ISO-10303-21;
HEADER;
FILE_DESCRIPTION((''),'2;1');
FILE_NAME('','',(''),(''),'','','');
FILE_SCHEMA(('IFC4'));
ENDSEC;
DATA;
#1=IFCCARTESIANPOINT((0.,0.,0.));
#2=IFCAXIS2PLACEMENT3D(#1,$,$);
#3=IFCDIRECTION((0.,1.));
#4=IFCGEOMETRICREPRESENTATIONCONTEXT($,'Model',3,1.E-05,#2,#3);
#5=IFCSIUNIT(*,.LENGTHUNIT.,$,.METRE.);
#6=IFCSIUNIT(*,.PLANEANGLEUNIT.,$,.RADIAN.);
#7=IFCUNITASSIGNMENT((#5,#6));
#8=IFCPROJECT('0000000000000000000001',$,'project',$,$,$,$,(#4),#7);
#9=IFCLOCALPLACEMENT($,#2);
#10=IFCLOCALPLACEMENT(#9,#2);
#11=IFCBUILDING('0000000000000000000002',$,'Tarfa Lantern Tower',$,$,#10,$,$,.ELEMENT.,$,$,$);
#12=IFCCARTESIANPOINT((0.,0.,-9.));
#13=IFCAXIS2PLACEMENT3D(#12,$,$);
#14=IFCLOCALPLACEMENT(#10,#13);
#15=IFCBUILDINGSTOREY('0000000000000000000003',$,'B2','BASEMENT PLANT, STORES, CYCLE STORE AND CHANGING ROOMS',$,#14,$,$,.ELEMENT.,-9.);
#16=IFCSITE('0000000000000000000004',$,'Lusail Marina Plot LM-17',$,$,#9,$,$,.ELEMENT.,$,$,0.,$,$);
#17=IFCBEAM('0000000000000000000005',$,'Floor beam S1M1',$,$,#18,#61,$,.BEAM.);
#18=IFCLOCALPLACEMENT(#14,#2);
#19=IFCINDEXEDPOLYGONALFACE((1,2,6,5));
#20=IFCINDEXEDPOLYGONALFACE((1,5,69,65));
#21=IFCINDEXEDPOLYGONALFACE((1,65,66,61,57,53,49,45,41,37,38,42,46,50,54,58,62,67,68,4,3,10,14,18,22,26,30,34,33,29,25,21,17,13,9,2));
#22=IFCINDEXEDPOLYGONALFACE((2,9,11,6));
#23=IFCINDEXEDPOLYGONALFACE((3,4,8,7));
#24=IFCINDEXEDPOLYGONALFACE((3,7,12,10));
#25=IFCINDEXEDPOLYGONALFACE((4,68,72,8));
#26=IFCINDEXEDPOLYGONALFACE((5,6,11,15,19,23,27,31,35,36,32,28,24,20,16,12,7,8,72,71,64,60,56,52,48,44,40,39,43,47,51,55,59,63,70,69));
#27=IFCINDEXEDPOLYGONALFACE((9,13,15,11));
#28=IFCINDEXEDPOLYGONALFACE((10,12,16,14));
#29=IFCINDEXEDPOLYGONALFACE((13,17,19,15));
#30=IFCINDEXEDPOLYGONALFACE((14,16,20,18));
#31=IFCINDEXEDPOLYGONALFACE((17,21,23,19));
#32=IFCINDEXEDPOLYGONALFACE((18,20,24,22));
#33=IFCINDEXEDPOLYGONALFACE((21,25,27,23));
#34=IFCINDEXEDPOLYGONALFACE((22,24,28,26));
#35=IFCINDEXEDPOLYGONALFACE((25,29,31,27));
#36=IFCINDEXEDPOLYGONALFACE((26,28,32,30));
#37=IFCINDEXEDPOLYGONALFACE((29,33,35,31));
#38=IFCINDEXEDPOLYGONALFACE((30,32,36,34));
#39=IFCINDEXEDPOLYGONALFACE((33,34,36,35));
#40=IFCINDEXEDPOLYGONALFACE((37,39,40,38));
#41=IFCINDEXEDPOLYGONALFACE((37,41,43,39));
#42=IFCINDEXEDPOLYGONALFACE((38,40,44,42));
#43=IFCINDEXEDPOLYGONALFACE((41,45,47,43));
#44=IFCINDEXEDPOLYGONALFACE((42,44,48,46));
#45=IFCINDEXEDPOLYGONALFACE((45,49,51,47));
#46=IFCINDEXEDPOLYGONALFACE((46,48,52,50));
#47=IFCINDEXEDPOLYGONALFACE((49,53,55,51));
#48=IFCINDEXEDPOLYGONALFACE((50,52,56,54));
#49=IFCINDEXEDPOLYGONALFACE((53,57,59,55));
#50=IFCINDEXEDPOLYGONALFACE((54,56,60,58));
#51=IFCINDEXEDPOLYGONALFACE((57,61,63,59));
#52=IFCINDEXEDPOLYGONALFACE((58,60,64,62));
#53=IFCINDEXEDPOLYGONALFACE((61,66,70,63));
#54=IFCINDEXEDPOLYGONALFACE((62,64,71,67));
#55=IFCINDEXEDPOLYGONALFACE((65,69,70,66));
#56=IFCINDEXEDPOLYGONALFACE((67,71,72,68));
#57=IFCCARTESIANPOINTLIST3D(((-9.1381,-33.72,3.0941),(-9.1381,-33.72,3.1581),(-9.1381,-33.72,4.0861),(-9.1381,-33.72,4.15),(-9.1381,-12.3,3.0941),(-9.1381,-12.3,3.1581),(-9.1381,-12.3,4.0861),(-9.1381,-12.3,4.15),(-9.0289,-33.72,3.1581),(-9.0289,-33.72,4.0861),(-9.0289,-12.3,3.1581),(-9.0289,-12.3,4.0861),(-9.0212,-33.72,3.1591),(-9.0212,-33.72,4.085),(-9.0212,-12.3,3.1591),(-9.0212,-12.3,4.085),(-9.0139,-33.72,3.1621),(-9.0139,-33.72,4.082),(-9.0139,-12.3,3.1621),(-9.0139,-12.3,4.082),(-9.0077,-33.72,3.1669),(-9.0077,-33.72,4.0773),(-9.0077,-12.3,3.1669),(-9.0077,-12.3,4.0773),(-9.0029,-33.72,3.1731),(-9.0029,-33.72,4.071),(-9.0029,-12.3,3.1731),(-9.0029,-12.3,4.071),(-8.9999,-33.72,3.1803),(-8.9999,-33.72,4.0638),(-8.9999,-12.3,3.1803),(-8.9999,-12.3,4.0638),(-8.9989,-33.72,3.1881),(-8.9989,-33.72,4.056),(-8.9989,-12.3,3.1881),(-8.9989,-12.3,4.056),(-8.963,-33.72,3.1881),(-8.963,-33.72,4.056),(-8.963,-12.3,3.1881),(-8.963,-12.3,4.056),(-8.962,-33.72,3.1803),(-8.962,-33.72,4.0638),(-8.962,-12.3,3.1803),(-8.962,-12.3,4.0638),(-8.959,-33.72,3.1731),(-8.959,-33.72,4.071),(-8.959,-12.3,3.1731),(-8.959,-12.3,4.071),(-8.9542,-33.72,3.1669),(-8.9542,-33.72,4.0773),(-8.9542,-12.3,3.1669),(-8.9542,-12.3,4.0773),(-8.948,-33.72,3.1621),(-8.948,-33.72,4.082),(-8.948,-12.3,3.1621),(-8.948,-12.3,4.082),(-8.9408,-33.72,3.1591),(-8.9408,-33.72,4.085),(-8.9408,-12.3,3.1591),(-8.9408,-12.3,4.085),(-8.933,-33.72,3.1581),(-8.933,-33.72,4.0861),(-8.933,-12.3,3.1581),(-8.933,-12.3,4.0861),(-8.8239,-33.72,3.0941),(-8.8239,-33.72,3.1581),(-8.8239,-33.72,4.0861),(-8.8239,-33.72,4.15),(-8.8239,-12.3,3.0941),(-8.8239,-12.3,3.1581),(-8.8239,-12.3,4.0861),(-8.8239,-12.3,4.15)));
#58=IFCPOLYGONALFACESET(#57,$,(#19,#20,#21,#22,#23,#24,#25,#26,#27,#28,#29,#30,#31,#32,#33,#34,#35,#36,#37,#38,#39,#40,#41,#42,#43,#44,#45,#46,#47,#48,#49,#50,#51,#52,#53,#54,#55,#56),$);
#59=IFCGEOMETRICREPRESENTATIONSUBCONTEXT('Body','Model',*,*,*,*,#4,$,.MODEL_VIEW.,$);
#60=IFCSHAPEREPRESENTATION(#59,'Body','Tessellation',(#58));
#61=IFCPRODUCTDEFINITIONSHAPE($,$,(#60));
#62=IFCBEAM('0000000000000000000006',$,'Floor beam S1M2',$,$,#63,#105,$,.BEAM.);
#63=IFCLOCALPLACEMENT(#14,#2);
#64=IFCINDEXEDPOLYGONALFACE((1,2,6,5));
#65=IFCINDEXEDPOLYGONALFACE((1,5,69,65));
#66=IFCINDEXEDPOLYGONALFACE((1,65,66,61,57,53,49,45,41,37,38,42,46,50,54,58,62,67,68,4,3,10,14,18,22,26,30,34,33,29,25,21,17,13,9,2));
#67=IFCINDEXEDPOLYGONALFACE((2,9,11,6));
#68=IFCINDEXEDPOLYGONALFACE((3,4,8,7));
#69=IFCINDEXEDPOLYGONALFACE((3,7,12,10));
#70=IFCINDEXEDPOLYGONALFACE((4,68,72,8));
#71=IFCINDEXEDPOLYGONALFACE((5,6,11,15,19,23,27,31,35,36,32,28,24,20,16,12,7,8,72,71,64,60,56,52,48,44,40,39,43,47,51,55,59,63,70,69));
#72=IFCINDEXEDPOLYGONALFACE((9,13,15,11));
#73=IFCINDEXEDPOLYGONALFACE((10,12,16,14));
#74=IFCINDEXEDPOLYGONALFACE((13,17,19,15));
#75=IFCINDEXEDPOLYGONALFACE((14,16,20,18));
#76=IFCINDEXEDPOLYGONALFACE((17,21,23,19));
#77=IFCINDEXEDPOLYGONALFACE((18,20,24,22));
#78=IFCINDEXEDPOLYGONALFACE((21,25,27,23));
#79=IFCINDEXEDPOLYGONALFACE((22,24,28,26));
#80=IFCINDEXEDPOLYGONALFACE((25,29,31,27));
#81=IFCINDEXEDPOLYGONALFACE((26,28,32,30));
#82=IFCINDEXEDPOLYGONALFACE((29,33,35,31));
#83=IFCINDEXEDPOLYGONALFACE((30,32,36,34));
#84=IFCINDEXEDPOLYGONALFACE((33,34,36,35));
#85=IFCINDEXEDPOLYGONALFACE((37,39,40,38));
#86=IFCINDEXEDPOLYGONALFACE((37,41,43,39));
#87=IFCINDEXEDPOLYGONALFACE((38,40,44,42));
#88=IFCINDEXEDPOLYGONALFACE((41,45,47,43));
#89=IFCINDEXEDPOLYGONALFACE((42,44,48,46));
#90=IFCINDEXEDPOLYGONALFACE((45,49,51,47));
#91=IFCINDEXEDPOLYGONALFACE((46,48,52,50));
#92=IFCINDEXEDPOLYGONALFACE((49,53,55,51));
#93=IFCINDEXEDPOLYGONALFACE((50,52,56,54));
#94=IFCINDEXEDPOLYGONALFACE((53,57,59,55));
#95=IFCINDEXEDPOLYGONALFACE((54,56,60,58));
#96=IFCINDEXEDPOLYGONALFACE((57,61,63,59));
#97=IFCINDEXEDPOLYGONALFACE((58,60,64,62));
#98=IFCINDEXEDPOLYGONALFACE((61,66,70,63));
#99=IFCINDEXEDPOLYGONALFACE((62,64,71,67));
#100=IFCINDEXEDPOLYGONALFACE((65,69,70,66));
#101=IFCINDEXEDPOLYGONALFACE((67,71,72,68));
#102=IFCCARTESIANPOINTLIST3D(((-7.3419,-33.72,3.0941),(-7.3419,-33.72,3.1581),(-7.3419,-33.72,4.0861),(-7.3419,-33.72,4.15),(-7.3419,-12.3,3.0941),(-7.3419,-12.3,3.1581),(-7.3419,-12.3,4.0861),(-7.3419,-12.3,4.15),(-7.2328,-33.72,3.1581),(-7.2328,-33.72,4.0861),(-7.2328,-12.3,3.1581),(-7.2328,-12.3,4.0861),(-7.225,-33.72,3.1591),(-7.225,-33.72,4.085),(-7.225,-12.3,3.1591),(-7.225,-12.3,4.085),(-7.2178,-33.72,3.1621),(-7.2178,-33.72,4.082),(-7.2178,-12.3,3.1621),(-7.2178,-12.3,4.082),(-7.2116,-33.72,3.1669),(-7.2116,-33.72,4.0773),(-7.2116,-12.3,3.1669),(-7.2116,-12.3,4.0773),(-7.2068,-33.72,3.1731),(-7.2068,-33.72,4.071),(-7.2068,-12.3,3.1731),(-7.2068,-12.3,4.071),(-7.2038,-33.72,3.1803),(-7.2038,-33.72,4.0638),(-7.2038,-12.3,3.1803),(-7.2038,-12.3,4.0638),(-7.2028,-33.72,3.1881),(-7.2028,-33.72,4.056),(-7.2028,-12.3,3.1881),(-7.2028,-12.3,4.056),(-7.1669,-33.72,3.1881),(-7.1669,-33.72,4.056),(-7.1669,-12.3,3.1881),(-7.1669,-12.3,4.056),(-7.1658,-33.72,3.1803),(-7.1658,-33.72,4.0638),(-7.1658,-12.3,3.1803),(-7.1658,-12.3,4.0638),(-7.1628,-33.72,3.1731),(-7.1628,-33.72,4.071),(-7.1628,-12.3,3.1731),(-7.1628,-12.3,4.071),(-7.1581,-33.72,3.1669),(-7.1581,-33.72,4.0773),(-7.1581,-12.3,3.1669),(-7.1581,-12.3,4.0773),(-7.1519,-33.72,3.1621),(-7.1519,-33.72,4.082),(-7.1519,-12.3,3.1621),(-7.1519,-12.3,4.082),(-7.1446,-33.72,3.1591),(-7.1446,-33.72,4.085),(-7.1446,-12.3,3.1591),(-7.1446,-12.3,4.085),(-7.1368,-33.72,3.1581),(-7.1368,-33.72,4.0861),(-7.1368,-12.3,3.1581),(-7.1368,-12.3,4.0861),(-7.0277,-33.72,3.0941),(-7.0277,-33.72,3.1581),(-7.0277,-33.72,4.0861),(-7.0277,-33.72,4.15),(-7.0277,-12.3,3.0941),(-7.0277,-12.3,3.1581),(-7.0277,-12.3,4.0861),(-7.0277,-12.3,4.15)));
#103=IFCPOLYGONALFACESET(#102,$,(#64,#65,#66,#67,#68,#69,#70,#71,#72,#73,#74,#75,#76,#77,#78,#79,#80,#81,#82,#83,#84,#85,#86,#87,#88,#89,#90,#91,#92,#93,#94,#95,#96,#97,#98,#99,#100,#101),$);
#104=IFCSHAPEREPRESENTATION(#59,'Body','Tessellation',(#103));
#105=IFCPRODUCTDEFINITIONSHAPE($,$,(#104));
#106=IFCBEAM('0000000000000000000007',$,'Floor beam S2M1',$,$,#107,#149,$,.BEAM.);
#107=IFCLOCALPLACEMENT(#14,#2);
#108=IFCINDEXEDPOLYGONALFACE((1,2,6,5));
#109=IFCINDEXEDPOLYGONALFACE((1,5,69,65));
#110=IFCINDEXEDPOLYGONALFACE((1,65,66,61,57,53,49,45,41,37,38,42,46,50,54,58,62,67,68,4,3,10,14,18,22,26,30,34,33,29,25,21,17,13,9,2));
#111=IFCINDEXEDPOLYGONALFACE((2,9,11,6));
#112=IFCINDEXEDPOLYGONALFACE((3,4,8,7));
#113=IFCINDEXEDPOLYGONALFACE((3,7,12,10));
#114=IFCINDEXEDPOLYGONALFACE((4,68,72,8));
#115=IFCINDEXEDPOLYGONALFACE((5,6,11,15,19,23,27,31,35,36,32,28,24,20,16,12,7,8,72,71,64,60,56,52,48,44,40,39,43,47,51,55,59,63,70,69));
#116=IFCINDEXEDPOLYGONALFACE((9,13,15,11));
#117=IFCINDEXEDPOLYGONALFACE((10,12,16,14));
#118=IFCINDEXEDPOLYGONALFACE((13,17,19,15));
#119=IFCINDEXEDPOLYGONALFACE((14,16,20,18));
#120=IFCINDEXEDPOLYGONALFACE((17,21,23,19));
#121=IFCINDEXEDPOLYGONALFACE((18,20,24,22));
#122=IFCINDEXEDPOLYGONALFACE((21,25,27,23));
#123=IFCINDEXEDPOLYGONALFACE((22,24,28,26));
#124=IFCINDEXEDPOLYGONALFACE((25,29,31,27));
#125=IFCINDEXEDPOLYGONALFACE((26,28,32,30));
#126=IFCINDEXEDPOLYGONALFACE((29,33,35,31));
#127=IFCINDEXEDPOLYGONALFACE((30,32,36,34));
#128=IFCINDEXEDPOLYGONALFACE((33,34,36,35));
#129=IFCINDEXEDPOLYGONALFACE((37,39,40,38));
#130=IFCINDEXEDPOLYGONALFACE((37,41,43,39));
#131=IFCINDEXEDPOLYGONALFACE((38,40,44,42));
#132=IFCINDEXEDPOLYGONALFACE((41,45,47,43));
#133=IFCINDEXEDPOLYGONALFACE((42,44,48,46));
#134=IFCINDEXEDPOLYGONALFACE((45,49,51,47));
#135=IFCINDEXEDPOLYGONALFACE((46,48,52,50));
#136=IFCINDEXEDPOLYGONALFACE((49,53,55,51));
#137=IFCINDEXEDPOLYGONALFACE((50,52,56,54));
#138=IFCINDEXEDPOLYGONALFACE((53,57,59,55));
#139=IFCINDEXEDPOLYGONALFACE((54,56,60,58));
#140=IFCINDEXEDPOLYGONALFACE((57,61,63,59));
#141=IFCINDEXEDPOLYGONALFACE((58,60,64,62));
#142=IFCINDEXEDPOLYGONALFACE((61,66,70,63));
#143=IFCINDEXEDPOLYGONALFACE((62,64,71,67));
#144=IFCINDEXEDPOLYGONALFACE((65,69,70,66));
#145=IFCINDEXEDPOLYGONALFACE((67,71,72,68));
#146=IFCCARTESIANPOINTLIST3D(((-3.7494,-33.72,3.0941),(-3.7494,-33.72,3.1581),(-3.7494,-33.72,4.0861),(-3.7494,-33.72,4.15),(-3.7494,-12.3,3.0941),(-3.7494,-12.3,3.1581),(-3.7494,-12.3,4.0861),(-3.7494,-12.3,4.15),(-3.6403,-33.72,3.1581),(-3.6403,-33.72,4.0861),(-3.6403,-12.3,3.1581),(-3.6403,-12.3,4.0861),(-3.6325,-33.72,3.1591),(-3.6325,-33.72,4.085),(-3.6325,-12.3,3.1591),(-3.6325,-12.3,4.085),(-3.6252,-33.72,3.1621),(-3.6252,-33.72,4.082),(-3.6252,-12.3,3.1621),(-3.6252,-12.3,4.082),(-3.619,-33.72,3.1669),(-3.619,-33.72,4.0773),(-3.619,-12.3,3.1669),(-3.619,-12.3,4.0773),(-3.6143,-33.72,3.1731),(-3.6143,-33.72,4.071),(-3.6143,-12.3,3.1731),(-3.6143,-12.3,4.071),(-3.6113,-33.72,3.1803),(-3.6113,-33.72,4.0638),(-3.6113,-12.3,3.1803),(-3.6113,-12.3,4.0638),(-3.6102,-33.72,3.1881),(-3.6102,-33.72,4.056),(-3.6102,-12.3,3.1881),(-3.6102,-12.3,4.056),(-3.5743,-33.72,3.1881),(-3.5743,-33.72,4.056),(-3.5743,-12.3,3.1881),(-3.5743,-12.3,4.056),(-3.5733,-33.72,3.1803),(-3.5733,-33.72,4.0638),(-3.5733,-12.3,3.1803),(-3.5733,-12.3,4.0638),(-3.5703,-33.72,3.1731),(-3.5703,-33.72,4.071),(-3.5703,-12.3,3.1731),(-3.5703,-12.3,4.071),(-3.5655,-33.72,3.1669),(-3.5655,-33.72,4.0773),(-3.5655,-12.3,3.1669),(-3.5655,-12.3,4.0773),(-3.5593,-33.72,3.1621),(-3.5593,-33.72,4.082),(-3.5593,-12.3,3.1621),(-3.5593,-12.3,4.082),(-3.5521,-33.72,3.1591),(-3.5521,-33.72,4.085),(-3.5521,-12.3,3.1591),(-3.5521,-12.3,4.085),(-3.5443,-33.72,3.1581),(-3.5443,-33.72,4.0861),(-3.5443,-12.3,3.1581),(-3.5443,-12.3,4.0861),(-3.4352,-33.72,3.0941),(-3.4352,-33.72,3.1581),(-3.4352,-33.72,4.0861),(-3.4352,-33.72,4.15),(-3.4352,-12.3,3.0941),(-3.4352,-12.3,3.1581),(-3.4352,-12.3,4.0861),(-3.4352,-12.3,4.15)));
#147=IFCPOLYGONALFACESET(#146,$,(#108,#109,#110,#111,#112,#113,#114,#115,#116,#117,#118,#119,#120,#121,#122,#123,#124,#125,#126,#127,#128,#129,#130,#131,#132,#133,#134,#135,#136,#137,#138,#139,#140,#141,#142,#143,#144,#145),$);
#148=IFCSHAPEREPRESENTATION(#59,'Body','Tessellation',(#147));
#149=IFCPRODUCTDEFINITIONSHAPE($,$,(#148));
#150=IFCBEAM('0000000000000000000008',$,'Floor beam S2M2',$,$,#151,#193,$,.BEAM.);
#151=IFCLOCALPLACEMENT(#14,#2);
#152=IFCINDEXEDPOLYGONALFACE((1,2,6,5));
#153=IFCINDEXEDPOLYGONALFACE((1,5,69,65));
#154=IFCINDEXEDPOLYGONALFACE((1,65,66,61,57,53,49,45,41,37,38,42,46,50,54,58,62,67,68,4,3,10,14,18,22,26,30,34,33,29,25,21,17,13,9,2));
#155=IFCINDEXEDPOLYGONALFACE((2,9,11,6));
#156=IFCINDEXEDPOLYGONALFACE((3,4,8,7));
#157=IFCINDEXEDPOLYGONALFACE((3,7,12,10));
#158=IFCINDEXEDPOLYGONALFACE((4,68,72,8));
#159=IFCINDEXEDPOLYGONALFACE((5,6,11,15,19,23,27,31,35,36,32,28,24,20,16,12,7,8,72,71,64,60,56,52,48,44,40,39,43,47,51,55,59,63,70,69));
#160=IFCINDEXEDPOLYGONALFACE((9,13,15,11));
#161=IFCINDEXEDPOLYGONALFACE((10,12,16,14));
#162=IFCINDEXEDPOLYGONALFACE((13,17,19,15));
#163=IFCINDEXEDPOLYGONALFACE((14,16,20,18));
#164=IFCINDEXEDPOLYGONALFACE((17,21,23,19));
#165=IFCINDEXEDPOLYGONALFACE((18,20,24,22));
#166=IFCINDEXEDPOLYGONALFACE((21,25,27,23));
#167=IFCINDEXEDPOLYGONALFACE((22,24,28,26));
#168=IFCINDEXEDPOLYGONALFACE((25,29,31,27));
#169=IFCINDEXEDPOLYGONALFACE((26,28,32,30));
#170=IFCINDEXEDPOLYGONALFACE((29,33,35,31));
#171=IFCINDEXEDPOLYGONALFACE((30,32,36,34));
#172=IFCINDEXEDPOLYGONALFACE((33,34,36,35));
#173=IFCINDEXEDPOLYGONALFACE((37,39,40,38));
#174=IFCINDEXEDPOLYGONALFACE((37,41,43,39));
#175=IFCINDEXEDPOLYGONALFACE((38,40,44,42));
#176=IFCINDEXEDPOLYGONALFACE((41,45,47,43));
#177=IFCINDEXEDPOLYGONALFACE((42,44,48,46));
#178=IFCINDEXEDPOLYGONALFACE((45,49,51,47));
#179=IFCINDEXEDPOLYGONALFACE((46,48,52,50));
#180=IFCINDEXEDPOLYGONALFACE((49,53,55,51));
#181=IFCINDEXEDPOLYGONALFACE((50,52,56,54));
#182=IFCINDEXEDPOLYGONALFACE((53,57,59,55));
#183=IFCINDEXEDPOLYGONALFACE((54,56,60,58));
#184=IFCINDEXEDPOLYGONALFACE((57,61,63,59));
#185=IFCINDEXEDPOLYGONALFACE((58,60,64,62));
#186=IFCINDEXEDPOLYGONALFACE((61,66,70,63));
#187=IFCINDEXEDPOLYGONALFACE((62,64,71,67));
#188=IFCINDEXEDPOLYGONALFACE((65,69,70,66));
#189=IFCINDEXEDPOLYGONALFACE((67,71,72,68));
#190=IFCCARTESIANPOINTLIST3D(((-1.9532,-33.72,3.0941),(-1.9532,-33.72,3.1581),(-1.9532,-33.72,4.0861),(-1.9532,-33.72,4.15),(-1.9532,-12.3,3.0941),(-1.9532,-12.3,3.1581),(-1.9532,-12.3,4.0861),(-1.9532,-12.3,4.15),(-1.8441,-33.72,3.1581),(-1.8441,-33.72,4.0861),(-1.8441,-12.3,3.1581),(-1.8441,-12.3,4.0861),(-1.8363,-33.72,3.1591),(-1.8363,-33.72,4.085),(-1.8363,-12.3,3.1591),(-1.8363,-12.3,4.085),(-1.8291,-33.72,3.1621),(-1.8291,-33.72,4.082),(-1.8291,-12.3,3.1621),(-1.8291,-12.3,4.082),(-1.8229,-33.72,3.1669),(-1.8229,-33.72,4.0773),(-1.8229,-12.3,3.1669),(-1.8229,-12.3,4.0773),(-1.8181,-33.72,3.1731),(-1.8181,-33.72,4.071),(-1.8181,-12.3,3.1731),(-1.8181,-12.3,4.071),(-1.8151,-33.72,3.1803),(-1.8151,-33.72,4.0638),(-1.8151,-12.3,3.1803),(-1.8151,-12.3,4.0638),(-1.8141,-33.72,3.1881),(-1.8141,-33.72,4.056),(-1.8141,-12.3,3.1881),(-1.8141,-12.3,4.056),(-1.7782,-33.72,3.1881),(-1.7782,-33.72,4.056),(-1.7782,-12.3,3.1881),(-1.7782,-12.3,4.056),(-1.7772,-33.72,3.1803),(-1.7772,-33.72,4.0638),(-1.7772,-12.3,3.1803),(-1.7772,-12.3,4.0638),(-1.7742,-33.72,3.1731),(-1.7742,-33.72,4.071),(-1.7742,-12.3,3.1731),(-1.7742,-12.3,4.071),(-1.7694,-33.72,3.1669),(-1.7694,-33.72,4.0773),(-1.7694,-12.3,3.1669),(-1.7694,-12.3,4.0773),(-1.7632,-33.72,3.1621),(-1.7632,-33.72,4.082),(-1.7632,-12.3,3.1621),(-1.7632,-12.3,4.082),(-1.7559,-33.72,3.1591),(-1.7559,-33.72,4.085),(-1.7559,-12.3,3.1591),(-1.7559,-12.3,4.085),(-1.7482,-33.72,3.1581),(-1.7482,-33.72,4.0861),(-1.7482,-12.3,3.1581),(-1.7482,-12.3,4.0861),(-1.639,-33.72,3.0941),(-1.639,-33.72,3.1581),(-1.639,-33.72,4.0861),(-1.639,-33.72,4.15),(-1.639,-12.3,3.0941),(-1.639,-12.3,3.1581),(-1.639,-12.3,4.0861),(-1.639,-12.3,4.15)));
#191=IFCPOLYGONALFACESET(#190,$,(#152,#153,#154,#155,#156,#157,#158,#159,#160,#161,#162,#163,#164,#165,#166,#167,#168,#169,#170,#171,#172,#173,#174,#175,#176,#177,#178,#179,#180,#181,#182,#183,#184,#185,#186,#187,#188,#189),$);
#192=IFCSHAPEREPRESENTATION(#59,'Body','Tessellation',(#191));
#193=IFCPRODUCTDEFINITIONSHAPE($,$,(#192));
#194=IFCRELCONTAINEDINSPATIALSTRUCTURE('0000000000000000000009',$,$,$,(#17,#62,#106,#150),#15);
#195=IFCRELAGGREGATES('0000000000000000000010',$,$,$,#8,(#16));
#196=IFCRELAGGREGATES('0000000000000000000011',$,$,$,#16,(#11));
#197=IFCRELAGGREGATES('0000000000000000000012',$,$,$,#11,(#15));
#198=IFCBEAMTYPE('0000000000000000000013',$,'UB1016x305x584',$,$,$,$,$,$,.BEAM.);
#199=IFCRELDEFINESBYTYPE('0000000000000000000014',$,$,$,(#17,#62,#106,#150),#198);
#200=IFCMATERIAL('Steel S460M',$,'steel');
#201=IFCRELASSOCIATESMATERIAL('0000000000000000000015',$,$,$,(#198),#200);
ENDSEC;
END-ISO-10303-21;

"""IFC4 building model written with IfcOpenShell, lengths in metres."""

from ifc_helpers import new_model, si_unit, direction, frame, origin, origin_2d, place, context, subcontext, project, spatial, i_section, extrude, material, material_profile, profile_set, type_object, element, save


model = new_model("IFC4")

# Units and contexts
model_context = context("Model", 3, precision=1e-05, world=origin(), true_north=direction((0.0, 1.0)))
body_context = subcontext(model_context, "Body", "Model", "MODEL_VIEW")
ifc_project = project(units=[si_unit("LENGTHUNIT", "METRE"), si_unit("PLANEANGLEUNIT", "RADIAN")], contexts=[model_context])

# Site, building, storey
site_placement = place(None, origin())
site = spatial("IfcSite", under=ifc_project, at=site_placement, Name="Lusail Marina Plot LM-17", CompositionType="ELEMENT", RefElevation=0.0)
building_placement = place(site_placement, origin())
building = spatial("IfcBuilding", under=site, at=building_placement, Name="Tarfa Lantern Tower", CompositionType="ELEMENT")
storey_placement = place(building_placement, frame((0.0, 0.0, -9.0)))
storey = spatial("IfcBuildingStorey", under=building, at=storey_placement, Name="B2", Description="BASEMENT PLANT, STORES, CYCLE STORE AND CHANGING ROOMS", CompositionType="ELEMENT", Elevation=-9.0)

# Beams
ifc_material_1 = material(Name="Steel S460M", Category="steel")
ifc_material_profile_1 = material_profile(ifc_material_1, i_section(OverallWidth=0.3142, OverallDepth=1.0559, WebThickness=0.0359, FlangeThickness=0.064, FilletRadius=0.03, at=origin_2d()), Name="UB1016x305x584")
ifc_profile_set_1 = profile_set([ifc_material_profile_1], Name="Steel S460M")
beam_type_1 = type_object("IfcBeamType", Name="UB1016x305x584", PredefinedType="BEAM", material=ifc_profile_set_1)
for number, where, z_axis, x_axis, name in (
    (1, (-8.981, -33.72, 3.6221), (0.0, 1.0, 0.0), (-1.0, 0.0, 0.0), "Floor beam S1M1"),
    (2, (-7.1848, -33.72, 3.6221), (0.0, 1.0, 0.0), (-1.0, 0.0, 0.0), "Floor beam S1M2"),
    (3, (-3.5923, -33.72, 3.6221), (0.0, 1.0, 0.0), (-1.0, 0.0, 0.0), "Floor beam S2M1"),
    (4, (-1.7961, -33.72, 3.6221), (0.0, 1.0, 0.0), (-1.0, 0.0, 0.0), "Floor beam S2M2"),
):
    element("IfcBeam", number, at=place(storey_placement, frame(where, z_axis=z_axis, x_axis=x_axis)), inside=storey, type_object=beam_type_1, Name=name, PredefinedType="BEAM", context=body_context, shape_type="SweptSolid", body=[
        extrude(i_section(OverallWidth=0.3142, OverallDepth=1.0559, WebThickness=0.0359, FlangeThickness=0.064, FilletRadius=0.03, at=origin_2d()), origin(), (0.0, 0.0, 1.0), 21.4199),
    ])

save(model, "model.ifc")
